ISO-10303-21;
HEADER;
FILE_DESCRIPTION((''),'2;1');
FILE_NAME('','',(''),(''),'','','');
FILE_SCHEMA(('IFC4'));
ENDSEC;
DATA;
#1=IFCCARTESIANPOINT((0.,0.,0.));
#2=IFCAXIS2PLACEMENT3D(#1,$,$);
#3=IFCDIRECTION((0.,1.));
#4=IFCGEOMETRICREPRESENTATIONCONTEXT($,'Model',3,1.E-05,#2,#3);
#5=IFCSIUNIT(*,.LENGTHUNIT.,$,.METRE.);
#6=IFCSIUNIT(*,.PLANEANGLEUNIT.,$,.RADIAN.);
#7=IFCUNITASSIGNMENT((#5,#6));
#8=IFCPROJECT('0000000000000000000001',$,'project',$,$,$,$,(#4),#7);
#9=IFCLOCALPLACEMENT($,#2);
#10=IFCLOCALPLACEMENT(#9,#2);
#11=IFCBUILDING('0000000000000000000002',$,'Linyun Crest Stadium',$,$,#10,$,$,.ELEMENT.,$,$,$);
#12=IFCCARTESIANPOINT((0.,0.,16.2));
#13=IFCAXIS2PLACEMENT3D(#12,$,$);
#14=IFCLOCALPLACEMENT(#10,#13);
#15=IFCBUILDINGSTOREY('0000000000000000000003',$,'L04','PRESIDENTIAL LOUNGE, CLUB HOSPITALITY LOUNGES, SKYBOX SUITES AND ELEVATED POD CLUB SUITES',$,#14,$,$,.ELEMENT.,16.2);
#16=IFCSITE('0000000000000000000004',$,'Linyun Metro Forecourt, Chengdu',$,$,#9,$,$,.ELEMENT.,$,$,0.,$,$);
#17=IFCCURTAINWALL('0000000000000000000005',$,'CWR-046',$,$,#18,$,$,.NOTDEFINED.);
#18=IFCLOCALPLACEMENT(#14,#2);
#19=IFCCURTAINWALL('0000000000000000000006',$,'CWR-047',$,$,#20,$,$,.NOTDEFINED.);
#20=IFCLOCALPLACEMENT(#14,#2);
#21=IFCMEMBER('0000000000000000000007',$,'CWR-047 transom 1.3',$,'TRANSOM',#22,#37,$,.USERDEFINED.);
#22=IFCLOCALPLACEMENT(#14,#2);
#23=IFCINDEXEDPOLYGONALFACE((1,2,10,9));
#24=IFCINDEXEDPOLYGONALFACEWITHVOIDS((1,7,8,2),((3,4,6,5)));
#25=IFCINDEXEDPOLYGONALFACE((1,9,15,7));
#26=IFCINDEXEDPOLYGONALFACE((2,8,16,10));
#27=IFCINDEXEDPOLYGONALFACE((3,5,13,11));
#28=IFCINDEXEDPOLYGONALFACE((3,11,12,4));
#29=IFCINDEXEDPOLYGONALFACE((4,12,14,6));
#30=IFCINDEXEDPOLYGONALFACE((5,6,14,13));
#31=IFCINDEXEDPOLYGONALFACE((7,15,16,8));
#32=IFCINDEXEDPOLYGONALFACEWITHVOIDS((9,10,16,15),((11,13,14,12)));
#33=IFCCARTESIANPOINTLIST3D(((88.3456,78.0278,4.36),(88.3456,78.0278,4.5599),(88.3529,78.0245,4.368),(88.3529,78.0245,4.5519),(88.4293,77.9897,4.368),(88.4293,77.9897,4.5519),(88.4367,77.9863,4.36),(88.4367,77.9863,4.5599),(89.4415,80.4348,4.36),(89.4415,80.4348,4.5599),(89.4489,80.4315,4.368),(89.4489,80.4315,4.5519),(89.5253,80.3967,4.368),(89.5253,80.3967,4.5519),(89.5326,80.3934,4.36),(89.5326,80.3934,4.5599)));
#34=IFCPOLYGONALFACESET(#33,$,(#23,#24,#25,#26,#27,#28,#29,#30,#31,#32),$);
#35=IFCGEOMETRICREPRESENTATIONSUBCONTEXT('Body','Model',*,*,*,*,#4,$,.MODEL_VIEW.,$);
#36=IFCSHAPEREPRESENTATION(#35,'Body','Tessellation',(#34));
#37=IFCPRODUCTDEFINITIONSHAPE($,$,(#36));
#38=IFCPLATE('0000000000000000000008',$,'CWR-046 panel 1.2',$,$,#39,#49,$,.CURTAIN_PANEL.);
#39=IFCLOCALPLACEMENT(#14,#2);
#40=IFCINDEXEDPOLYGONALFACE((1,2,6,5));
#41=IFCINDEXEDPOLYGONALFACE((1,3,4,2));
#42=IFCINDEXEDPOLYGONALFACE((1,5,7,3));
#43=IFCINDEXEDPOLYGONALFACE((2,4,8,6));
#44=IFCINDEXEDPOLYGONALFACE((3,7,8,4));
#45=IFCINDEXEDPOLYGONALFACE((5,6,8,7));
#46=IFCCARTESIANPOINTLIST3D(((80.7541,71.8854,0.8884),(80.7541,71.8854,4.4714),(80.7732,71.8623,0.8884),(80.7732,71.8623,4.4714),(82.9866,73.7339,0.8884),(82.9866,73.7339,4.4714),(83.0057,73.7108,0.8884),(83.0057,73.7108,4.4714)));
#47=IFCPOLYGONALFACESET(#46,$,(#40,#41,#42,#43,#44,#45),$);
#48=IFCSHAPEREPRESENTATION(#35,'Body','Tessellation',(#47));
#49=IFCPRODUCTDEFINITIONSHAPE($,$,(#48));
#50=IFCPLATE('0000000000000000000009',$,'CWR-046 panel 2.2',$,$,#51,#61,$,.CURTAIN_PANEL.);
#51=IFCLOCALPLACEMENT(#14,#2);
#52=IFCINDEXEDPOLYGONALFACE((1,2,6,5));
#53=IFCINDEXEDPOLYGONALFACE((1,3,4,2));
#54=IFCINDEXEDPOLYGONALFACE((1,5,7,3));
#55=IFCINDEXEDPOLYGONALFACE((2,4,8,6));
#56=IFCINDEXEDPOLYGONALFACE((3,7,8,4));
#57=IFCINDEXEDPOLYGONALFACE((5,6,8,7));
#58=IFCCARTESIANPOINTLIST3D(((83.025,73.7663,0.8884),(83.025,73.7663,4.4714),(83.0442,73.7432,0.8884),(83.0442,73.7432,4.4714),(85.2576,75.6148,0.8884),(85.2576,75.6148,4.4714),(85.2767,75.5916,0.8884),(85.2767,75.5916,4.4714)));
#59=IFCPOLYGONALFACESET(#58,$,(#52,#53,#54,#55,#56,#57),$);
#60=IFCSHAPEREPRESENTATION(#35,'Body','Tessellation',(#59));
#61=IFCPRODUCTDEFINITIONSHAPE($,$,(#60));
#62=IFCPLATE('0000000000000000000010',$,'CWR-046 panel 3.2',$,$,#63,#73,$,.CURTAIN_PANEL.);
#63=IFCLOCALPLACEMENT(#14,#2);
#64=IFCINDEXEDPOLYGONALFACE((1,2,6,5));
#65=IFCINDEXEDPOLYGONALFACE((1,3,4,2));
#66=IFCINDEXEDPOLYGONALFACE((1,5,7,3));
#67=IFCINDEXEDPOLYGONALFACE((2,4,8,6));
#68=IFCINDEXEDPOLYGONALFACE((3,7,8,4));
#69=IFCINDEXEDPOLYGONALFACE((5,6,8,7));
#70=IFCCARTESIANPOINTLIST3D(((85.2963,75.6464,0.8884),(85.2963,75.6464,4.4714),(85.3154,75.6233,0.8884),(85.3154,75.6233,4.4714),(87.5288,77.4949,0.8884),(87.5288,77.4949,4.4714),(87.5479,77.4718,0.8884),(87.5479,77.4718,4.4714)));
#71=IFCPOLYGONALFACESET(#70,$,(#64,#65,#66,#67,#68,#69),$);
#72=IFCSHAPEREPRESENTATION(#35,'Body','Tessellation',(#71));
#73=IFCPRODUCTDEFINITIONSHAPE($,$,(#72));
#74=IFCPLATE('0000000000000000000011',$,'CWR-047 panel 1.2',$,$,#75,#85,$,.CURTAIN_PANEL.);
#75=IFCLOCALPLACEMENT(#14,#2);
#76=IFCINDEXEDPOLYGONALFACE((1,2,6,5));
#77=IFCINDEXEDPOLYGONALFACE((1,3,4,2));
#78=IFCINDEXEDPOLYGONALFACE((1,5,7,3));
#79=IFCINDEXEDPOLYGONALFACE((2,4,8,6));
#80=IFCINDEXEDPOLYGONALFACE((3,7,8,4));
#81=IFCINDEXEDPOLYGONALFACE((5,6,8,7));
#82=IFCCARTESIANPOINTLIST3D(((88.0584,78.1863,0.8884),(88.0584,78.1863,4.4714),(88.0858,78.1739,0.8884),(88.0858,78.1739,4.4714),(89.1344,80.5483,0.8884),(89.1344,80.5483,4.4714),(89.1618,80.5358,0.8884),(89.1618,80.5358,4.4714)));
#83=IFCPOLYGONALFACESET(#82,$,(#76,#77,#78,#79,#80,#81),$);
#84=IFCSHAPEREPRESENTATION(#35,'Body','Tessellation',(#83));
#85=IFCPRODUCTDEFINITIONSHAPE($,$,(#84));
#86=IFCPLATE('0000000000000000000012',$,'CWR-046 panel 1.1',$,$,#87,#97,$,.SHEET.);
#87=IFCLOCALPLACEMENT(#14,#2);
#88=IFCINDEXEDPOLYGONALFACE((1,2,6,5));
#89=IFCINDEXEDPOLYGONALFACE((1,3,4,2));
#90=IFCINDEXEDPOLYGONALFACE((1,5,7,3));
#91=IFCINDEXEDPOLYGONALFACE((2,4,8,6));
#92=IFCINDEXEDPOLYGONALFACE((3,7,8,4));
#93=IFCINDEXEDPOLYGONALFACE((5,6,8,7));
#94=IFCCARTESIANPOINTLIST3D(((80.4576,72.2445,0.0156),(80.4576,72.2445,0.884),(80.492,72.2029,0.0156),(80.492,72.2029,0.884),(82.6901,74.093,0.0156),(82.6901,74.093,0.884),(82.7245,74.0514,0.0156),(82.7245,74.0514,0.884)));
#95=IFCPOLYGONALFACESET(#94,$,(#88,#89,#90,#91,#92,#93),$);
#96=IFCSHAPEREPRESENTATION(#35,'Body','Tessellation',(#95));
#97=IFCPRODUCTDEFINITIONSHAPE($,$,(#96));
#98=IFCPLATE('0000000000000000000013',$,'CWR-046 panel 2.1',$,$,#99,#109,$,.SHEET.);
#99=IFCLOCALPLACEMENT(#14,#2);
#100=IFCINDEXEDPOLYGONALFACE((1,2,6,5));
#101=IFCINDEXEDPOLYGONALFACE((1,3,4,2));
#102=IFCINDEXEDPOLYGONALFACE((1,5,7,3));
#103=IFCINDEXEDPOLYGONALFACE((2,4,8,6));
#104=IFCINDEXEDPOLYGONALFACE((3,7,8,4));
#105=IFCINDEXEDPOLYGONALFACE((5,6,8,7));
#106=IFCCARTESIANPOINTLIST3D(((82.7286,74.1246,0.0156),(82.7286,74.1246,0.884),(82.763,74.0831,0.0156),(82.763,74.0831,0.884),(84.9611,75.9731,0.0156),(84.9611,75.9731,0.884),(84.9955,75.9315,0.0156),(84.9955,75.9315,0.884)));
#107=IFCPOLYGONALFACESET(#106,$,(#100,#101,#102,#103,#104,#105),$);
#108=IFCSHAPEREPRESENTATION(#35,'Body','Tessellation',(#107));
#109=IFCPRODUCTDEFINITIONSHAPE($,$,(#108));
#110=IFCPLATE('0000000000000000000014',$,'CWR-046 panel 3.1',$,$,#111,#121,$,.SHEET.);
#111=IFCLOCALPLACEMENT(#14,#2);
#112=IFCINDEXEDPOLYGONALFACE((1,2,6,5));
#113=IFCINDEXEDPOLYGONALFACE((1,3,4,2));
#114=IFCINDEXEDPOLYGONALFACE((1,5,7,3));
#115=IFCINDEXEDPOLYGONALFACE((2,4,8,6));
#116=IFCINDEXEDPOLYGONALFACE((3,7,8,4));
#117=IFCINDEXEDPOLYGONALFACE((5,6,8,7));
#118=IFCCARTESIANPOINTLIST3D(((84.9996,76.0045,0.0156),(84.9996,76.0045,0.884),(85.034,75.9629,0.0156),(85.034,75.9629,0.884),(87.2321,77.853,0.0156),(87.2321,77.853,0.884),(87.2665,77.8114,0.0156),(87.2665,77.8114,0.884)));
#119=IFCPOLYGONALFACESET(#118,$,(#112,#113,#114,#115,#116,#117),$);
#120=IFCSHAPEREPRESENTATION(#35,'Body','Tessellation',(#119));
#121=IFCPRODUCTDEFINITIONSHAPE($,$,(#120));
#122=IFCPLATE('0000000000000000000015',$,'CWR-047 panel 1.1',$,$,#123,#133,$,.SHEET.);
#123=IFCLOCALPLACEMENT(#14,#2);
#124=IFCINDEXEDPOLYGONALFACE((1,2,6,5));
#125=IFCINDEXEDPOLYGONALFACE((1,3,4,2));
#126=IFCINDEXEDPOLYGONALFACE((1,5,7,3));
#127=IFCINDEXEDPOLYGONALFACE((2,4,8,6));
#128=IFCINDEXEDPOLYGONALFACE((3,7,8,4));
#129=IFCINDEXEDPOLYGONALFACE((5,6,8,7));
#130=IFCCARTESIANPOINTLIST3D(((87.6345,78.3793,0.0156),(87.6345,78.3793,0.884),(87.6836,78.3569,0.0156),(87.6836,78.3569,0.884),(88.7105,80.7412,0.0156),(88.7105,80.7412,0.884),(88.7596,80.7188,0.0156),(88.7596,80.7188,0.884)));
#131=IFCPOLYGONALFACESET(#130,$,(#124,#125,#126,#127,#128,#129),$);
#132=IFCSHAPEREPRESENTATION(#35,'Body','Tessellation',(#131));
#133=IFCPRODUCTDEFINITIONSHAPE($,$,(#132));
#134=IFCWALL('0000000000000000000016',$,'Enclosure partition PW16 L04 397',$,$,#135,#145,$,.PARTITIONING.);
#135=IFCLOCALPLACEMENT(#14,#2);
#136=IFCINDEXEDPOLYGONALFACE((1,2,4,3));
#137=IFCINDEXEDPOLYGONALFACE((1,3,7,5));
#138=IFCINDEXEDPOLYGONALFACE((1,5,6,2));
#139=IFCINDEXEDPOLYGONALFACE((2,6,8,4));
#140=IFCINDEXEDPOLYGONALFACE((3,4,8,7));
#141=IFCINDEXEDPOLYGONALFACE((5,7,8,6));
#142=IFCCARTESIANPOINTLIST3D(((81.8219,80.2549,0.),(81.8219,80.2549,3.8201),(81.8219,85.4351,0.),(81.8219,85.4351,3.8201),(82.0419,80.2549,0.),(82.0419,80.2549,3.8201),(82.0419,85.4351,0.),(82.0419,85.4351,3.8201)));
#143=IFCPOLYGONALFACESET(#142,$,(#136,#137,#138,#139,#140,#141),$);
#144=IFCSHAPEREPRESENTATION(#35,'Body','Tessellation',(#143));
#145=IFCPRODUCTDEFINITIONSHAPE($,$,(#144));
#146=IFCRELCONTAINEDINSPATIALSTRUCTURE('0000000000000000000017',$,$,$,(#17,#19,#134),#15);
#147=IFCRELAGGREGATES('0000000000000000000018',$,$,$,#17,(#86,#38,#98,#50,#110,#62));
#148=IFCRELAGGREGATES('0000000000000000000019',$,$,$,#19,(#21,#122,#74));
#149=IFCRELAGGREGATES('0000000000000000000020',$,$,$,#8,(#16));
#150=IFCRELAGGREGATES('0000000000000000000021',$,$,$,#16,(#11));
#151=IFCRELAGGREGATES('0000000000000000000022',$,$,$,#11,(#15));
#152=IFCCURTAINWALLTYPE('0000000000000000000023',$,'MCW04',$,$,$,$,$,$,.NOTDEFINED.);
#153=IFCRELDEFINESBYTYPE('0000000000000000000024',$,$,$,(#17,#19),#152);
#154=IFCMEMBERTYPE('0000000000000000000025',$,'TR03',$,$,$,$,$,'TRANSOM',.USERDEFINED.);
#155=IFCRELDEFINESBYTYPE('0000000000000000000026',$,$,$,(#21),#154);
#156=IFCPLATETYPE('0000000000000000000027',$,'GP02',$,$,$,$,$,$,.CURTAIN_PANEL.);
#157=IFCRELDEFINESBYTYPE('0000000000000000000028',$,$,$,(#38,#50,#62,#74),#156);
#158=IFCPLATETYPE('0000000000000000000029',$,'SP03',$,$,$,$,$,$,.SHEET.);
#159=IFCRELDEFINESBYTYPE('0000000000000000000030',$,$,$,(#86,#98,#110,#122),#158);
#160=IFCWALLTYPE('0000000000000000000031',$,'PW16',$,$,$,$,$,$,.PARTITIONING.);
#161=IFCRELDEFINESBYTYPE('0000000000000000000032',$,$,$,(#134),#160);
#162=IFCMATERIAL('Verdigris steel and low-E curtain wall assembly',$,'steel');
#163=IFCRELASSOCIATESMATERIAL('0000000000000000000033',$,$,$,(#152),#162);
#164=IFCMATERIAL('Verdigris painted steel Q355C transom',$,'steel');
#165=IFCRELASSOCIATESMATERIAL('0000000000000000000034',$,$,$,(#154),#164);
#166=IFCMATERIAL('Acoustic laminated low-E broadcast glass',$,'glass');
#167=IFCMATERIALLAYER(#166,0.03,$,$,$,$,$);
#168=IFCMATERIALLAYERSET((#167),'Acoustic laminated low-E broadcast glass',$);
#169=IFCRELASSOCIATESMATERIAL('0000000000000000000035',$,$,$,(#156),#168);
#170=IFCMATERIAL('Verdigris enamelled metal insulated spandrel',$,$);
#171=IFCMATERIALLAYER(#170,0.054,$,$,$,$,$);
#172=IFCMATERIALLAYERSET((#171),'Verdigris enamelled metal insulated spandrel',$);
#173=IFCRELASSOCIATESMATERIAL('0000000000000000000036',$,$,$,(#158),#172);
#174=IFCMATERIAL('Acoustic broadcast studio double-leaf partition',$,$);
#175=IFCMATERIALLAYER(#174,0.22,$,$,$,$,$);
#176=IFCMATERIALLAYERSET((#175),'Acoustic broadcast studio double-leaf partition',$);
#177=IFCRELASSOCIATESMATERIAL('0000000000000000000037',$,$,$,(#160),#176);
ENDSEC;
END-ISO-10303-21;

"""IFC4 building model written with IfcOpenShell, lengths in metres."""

from ifc_helpers import new_model, si_unit, direction, frame, frame_2d, origin, origin_2d, place, context, subcontext, project, spatial, rectangle, hollow_rectangle, extrude, material, layer, layer_set, material_profile, profile_set, type_object, element, aggregate, save


model = new_model("IFC4")

# Units and contexts
model_context = context("Model", 3, precision=1e-05, world=origin(), true_north=direction((0.0, 1.0)))
body_context = subcontext(model_context, "Body", "Model", "MODEL_VIEW")
ifc_project = project(units=[si_unit("LENGTHUNIT", "METRE"), si_unit("PLANEANGLEUNIT", "RADIAN")], contexts=[model_context])

# Site, building, storey
site_placement = place(None, origin())
site = spatial("IfcSite", under=ifc_project, at=site_placement, Name="Linyun Metro Forecourt, Chengdu", CompositionType="ELEMENT", RefElevation=0.0)
building_placement = place(site_placement, origin())
building = spatial("IfcBuilding", under=site, at=building_placement, Name="Linyun Crest Stadium", CompositionType="ELEMENT")
storey_placement = place(building_placement, frame((0.0, 0.0, 16.2)))
storey = spatial("IfcBuildingStorey", under=building, at=storey_placement, Name="L04", Description="PRESIDENTIAL LOUNGE, CLUB HOSPITALITY LOUNGES, SKYBOX SUITES AND ELEVATED POD CLUB SUITES", CompositionType="ELEMENT", Elevation=16.2)

# Curtain wall
ifc_material_1 = material(Name="Verdigris steel and low-E curtain wall assembly", Category="steel")
curtain_wall_type = type_object("IfcCurtainWallType", Name="MCW04", PredefinedType="NOTDEFINED", material=ifc_material_1)
curtain_wall_1_placement = place(storey_placement, origin())
curtain_wall_1 = element("IfcCurtainWall", 1, at=curtain_wall_1_placement, inside=storey, type_object=curtain_wall_type, Name="CWR-046", PredefinedType="NOTDEFINED")

# Curtain wall
curtain_wall_2_placement = place(storey_placement, origin())
curtain_wall_2 = element("IfcCurtainWall", 2, at=curtain_wall_2_placement, inside=storey, type_object=curtain_wall_type, Name="CWR-047", PredefinedType="NOTDEFINED")

# Member
ifc_material_2 = material(Name="Verdigris painted steel Q355C transom", Category="steel")
ifc_material_profile_1 = material_profile(ifc_material_2, hollow_rectangle(XDim=0.1001, YDim=0.2, WallThickness=0.0081, at=origin_2d()), Name="RHS 200x100x8")
ifc_profile_set_1 = profile_set([ifc_material_profile_1], Name="Verdigris painted steel Q355C transom")
member_type_1 = type_object("IfcMemberType", Name="TR03", ElementType="TRANSOM", PredefinedType="USERDEFINED", material=ifc_profile_set_1)
member_1_placement = place(storey_placement, frame((88.3911, 78.0071, 4.46), z_axis=(0.414387, 0.910101, 0.0), x_axis=(-0.910101, 0.414387, 0.0)))
member_1 = element("IfcMember", 3, at=member_1_placement, type_object=member_type_1, Name="CWR-047 transom 1.3", ObjectType="TRANSOM", PredefinedType="USERDEFINED", context=body_context, shape_type="SweptSolid", body=[
    extrude(hollow_rectangle(XDim=0.1001, YDim=0.2, WallThickness=0.0081, at=origin_2d()), origin(), (0.0, 0.0, 1.0), 2.6448),
])

# Plates
ifc_material_3 = material(Name="Acoustic laminated low-E broadcast glass", Category="glass")
ifc_layer_1 = layer(ifc_material_3, 0.03)
ifc_layer_set_1 = layer_set([ifc_layer_1], Name="Acoustic laminated low-E broadcast glass")
plate_type_1 = type_object("IfcPlateType", Name="GP02", PredefinedType="CURTAIN_PANEL", material=ifc_layer_set_1)
plate_1_placement = place(storey_placement, frame((81.8799, 72.7981, 0.8884), z_axis=(0.0, 0.0, 1.0), x_axis=(0.770246, 0.637747, 0.0)))
plate_1 = element("IfcPlate", 4, at=plate_1_placement, type_object=plate_type_1, Name="CWR-046 panel 1.2", PredefinedType="CURTAIN_PANEL", context=body_context, shape_type="SweptSolid", body=[
    extrude(rectangle(XDim=2.8984, YDim=0.03, at=origin_2d()), origin(), (0.0, 0.0, 1.0), 3.583),
])
plate_2_placement = place(storey_placement, frame((84.1509, 74.679, 0.8884), z_axis=(0.0, 0.0, 1.0), x_axis=(0.770246, 0.637747, 0.0)))
plate_2 = element("IfcPlate", 5, at=plate_2_placement, type_object=plate_type_1, Name="CWR-046 panel 2.2", PredefinedType="CURTAIN_PANEL", context=body_context, shape_type="SweptSolid", body=[
    extrude(rectangle(XDim=2.8984, YDim=0.03, at=origin_2d()), origin(), (0.0, 0.0, 1.0), 3.583),
])
plate_3_placement = place(storey_placement, frame((86.4221, 76.5591, 0.8884), z_axis=(0.0, 0.0, 1.0), x_axis=(0.770246, 0.637747, 0.0)))
plate_3 = element("IfcPlate", 6, at=plate_3_placement, type_object=plate_type_1, Name="CWR-046 panel 3.2", PredefinedType="CURTAIN_PANEL", context=body_context, shape_type="SweptSolid", body=[
    extrude(rectangle(XDim=2.8984, YDim=0.03, at=origin_2d()), origin(), (0.0, 0.0, 1.0), 3.583),
])
plate_4_placement = place(storey_placement, frame((88.6101, 79.3611, 0.8884), z_axis=(0.0, 0.0, 1.0), x_axis=(0.414566, 0.910019, 0.0)))
plate_4 = element("IfcPlate", 7, at=plate_4_placement, type_object=plate_type_1, Name="CWR-047 panel 1.2", PredefinedType="CURTAIN_PANEL", context=body_context, shape_type="SweptSolid", body=[
    extrude(rectangle(XDim=2.5955, YDim=0.03, at=origin_2d()), origin(), (0.0, 0.0, 1.0), 3.583),
])
ifc_material_4 = material(Name="Verdigris enamelled metal insulated spandrel")
ifc_layer_2 = layer(ifc_material_4, 0.054)
ifc_layer_set_2 = layer_set([ifc_layer_2], Name="Verdigris enamelled metal insulated spandrel")
plate_type_2 = type_object("IfcPlateType", Name="SP03", PredefinedType="SHEET", material=ifc_layer_set_2)
plate_5_placement = place(storey_placement, frame((81.5911, 73.1479, 0.0156), z_axis=(0.0, 0.0, 1.0), x_axis=(0.770246, 0.637747, 0.0)))
plate_5 = element("IfcPlate", 8, at=plate_5_placement, type_object=plate_type_2, Name="CWR-046 panel 1.1", PredefinedType="SHEET", context=body_context, shape_type="SweptSolid", body=[
    extrude(rectangle(XDim=2.8984, YDim=0.054, at=origin_2d()), origin(), (0.0, 0.0, 1.0), 0.8684),
])
plate_6_placement = place(storey_placement, frame((83.8621, 75.0281, 0.0156), z_axis=(0.0, 0.0, 1.0), x_axis=(0.770246, 0.637747, 0.0)))
plate_6 = element("IfcPlate", 9, at=plate_6_placement, type_object=plate_type_2, Name="CWR-046 panel 2.1", PredefinedType="SHEET", context=body_context, shape_type="SweptSolid", body=[
    extrude(rectangle(XDim=2.8984, YDim=0.054, at=origin_2d()), origin(), (0.0, 0.0, 1.0), 0.8684),
])
plate_7_placement = place(storey_placement, frame((86.1331, 76.908, 0.0156), z_axis=(0.0, 0.0, 1.0), x_axis=(0.770246, 0.637747, 0.0)))
plate_7 = element("IfcPlate", 10, at=plate_7_placement, type_object=plate_type_2, Name="CWR-046 panel 3.1", PredefinedType="SHEET", context=body_context, shape_type="SweptSolid", body=[
    extrude(rectangle(XDim=2.8984, YDim=0.054, at=origin_2d()), origin(), (0.0, 0.0, 1.0), 0.8684),
])
aggregate(curtain_wall_1, [plate_5, plate_1, plate_6, plate_2, plate_7, plate_3])
plate_8_placement = place(storey_placement, frame((88.197, 79.5491, 0.0156), z_axis=(0.0, 0.0, 1.0), x_axis=(0.414566, 0.910019, 0.0)))
plate_8 = element("IfcPlate", 11, at=plate_8_placement, type_object=plate_type_2, Name="CWR-047 panel 1.1", PredefinedType="SHEET", context=body_context, shape_type="SweptSolid", body=[
    extrude(rectangle(XDim=2.5955, YDim=0.054, at=origin_2d()), origin(), (0.0, 0.0, 1.0), 0.8684),
])
aggregate(curtain_wall_2, [member_1, plate_8, plate_4])

# Wall
ifc_material_5 = material(Name="Acoustic broadcast studio double-leaf partition")
ifc_layer_3 = layer(ifc_material_5, 0.22)
ifc_layer_set_3 = layer_set([ifc_layer_3], Name="Acoustic broadcast studio double-leaf partition")
wall_type = type_object("IfcWallType", Name="PW16", PredefinedType="PARTITIONING", material=ifc_layer_set_3)
wall_placement = place(storey_placement, frame((81.9319, 80.2549, 0.0), z_axis=(0.0, 0.0, 1.0), x_axis=(0.0, 1.0, 0.0)))
element("IfcWall", 12, at=wall_placement, inside=storey, type_object=wall_type, Name="Enclosure partition PW16 L04 397", PredefinedType="PARTITIONING", context=body_context, shape_type="SweptSolid", body=[
    extrude(rectangle(XDim=5.1802, YDim=0.22, at=frame_2d((2.5901, 0.0))), origin(), (0.0, 0.0, 1.0), 3.8201),
])

save(model, "model.ifc")
